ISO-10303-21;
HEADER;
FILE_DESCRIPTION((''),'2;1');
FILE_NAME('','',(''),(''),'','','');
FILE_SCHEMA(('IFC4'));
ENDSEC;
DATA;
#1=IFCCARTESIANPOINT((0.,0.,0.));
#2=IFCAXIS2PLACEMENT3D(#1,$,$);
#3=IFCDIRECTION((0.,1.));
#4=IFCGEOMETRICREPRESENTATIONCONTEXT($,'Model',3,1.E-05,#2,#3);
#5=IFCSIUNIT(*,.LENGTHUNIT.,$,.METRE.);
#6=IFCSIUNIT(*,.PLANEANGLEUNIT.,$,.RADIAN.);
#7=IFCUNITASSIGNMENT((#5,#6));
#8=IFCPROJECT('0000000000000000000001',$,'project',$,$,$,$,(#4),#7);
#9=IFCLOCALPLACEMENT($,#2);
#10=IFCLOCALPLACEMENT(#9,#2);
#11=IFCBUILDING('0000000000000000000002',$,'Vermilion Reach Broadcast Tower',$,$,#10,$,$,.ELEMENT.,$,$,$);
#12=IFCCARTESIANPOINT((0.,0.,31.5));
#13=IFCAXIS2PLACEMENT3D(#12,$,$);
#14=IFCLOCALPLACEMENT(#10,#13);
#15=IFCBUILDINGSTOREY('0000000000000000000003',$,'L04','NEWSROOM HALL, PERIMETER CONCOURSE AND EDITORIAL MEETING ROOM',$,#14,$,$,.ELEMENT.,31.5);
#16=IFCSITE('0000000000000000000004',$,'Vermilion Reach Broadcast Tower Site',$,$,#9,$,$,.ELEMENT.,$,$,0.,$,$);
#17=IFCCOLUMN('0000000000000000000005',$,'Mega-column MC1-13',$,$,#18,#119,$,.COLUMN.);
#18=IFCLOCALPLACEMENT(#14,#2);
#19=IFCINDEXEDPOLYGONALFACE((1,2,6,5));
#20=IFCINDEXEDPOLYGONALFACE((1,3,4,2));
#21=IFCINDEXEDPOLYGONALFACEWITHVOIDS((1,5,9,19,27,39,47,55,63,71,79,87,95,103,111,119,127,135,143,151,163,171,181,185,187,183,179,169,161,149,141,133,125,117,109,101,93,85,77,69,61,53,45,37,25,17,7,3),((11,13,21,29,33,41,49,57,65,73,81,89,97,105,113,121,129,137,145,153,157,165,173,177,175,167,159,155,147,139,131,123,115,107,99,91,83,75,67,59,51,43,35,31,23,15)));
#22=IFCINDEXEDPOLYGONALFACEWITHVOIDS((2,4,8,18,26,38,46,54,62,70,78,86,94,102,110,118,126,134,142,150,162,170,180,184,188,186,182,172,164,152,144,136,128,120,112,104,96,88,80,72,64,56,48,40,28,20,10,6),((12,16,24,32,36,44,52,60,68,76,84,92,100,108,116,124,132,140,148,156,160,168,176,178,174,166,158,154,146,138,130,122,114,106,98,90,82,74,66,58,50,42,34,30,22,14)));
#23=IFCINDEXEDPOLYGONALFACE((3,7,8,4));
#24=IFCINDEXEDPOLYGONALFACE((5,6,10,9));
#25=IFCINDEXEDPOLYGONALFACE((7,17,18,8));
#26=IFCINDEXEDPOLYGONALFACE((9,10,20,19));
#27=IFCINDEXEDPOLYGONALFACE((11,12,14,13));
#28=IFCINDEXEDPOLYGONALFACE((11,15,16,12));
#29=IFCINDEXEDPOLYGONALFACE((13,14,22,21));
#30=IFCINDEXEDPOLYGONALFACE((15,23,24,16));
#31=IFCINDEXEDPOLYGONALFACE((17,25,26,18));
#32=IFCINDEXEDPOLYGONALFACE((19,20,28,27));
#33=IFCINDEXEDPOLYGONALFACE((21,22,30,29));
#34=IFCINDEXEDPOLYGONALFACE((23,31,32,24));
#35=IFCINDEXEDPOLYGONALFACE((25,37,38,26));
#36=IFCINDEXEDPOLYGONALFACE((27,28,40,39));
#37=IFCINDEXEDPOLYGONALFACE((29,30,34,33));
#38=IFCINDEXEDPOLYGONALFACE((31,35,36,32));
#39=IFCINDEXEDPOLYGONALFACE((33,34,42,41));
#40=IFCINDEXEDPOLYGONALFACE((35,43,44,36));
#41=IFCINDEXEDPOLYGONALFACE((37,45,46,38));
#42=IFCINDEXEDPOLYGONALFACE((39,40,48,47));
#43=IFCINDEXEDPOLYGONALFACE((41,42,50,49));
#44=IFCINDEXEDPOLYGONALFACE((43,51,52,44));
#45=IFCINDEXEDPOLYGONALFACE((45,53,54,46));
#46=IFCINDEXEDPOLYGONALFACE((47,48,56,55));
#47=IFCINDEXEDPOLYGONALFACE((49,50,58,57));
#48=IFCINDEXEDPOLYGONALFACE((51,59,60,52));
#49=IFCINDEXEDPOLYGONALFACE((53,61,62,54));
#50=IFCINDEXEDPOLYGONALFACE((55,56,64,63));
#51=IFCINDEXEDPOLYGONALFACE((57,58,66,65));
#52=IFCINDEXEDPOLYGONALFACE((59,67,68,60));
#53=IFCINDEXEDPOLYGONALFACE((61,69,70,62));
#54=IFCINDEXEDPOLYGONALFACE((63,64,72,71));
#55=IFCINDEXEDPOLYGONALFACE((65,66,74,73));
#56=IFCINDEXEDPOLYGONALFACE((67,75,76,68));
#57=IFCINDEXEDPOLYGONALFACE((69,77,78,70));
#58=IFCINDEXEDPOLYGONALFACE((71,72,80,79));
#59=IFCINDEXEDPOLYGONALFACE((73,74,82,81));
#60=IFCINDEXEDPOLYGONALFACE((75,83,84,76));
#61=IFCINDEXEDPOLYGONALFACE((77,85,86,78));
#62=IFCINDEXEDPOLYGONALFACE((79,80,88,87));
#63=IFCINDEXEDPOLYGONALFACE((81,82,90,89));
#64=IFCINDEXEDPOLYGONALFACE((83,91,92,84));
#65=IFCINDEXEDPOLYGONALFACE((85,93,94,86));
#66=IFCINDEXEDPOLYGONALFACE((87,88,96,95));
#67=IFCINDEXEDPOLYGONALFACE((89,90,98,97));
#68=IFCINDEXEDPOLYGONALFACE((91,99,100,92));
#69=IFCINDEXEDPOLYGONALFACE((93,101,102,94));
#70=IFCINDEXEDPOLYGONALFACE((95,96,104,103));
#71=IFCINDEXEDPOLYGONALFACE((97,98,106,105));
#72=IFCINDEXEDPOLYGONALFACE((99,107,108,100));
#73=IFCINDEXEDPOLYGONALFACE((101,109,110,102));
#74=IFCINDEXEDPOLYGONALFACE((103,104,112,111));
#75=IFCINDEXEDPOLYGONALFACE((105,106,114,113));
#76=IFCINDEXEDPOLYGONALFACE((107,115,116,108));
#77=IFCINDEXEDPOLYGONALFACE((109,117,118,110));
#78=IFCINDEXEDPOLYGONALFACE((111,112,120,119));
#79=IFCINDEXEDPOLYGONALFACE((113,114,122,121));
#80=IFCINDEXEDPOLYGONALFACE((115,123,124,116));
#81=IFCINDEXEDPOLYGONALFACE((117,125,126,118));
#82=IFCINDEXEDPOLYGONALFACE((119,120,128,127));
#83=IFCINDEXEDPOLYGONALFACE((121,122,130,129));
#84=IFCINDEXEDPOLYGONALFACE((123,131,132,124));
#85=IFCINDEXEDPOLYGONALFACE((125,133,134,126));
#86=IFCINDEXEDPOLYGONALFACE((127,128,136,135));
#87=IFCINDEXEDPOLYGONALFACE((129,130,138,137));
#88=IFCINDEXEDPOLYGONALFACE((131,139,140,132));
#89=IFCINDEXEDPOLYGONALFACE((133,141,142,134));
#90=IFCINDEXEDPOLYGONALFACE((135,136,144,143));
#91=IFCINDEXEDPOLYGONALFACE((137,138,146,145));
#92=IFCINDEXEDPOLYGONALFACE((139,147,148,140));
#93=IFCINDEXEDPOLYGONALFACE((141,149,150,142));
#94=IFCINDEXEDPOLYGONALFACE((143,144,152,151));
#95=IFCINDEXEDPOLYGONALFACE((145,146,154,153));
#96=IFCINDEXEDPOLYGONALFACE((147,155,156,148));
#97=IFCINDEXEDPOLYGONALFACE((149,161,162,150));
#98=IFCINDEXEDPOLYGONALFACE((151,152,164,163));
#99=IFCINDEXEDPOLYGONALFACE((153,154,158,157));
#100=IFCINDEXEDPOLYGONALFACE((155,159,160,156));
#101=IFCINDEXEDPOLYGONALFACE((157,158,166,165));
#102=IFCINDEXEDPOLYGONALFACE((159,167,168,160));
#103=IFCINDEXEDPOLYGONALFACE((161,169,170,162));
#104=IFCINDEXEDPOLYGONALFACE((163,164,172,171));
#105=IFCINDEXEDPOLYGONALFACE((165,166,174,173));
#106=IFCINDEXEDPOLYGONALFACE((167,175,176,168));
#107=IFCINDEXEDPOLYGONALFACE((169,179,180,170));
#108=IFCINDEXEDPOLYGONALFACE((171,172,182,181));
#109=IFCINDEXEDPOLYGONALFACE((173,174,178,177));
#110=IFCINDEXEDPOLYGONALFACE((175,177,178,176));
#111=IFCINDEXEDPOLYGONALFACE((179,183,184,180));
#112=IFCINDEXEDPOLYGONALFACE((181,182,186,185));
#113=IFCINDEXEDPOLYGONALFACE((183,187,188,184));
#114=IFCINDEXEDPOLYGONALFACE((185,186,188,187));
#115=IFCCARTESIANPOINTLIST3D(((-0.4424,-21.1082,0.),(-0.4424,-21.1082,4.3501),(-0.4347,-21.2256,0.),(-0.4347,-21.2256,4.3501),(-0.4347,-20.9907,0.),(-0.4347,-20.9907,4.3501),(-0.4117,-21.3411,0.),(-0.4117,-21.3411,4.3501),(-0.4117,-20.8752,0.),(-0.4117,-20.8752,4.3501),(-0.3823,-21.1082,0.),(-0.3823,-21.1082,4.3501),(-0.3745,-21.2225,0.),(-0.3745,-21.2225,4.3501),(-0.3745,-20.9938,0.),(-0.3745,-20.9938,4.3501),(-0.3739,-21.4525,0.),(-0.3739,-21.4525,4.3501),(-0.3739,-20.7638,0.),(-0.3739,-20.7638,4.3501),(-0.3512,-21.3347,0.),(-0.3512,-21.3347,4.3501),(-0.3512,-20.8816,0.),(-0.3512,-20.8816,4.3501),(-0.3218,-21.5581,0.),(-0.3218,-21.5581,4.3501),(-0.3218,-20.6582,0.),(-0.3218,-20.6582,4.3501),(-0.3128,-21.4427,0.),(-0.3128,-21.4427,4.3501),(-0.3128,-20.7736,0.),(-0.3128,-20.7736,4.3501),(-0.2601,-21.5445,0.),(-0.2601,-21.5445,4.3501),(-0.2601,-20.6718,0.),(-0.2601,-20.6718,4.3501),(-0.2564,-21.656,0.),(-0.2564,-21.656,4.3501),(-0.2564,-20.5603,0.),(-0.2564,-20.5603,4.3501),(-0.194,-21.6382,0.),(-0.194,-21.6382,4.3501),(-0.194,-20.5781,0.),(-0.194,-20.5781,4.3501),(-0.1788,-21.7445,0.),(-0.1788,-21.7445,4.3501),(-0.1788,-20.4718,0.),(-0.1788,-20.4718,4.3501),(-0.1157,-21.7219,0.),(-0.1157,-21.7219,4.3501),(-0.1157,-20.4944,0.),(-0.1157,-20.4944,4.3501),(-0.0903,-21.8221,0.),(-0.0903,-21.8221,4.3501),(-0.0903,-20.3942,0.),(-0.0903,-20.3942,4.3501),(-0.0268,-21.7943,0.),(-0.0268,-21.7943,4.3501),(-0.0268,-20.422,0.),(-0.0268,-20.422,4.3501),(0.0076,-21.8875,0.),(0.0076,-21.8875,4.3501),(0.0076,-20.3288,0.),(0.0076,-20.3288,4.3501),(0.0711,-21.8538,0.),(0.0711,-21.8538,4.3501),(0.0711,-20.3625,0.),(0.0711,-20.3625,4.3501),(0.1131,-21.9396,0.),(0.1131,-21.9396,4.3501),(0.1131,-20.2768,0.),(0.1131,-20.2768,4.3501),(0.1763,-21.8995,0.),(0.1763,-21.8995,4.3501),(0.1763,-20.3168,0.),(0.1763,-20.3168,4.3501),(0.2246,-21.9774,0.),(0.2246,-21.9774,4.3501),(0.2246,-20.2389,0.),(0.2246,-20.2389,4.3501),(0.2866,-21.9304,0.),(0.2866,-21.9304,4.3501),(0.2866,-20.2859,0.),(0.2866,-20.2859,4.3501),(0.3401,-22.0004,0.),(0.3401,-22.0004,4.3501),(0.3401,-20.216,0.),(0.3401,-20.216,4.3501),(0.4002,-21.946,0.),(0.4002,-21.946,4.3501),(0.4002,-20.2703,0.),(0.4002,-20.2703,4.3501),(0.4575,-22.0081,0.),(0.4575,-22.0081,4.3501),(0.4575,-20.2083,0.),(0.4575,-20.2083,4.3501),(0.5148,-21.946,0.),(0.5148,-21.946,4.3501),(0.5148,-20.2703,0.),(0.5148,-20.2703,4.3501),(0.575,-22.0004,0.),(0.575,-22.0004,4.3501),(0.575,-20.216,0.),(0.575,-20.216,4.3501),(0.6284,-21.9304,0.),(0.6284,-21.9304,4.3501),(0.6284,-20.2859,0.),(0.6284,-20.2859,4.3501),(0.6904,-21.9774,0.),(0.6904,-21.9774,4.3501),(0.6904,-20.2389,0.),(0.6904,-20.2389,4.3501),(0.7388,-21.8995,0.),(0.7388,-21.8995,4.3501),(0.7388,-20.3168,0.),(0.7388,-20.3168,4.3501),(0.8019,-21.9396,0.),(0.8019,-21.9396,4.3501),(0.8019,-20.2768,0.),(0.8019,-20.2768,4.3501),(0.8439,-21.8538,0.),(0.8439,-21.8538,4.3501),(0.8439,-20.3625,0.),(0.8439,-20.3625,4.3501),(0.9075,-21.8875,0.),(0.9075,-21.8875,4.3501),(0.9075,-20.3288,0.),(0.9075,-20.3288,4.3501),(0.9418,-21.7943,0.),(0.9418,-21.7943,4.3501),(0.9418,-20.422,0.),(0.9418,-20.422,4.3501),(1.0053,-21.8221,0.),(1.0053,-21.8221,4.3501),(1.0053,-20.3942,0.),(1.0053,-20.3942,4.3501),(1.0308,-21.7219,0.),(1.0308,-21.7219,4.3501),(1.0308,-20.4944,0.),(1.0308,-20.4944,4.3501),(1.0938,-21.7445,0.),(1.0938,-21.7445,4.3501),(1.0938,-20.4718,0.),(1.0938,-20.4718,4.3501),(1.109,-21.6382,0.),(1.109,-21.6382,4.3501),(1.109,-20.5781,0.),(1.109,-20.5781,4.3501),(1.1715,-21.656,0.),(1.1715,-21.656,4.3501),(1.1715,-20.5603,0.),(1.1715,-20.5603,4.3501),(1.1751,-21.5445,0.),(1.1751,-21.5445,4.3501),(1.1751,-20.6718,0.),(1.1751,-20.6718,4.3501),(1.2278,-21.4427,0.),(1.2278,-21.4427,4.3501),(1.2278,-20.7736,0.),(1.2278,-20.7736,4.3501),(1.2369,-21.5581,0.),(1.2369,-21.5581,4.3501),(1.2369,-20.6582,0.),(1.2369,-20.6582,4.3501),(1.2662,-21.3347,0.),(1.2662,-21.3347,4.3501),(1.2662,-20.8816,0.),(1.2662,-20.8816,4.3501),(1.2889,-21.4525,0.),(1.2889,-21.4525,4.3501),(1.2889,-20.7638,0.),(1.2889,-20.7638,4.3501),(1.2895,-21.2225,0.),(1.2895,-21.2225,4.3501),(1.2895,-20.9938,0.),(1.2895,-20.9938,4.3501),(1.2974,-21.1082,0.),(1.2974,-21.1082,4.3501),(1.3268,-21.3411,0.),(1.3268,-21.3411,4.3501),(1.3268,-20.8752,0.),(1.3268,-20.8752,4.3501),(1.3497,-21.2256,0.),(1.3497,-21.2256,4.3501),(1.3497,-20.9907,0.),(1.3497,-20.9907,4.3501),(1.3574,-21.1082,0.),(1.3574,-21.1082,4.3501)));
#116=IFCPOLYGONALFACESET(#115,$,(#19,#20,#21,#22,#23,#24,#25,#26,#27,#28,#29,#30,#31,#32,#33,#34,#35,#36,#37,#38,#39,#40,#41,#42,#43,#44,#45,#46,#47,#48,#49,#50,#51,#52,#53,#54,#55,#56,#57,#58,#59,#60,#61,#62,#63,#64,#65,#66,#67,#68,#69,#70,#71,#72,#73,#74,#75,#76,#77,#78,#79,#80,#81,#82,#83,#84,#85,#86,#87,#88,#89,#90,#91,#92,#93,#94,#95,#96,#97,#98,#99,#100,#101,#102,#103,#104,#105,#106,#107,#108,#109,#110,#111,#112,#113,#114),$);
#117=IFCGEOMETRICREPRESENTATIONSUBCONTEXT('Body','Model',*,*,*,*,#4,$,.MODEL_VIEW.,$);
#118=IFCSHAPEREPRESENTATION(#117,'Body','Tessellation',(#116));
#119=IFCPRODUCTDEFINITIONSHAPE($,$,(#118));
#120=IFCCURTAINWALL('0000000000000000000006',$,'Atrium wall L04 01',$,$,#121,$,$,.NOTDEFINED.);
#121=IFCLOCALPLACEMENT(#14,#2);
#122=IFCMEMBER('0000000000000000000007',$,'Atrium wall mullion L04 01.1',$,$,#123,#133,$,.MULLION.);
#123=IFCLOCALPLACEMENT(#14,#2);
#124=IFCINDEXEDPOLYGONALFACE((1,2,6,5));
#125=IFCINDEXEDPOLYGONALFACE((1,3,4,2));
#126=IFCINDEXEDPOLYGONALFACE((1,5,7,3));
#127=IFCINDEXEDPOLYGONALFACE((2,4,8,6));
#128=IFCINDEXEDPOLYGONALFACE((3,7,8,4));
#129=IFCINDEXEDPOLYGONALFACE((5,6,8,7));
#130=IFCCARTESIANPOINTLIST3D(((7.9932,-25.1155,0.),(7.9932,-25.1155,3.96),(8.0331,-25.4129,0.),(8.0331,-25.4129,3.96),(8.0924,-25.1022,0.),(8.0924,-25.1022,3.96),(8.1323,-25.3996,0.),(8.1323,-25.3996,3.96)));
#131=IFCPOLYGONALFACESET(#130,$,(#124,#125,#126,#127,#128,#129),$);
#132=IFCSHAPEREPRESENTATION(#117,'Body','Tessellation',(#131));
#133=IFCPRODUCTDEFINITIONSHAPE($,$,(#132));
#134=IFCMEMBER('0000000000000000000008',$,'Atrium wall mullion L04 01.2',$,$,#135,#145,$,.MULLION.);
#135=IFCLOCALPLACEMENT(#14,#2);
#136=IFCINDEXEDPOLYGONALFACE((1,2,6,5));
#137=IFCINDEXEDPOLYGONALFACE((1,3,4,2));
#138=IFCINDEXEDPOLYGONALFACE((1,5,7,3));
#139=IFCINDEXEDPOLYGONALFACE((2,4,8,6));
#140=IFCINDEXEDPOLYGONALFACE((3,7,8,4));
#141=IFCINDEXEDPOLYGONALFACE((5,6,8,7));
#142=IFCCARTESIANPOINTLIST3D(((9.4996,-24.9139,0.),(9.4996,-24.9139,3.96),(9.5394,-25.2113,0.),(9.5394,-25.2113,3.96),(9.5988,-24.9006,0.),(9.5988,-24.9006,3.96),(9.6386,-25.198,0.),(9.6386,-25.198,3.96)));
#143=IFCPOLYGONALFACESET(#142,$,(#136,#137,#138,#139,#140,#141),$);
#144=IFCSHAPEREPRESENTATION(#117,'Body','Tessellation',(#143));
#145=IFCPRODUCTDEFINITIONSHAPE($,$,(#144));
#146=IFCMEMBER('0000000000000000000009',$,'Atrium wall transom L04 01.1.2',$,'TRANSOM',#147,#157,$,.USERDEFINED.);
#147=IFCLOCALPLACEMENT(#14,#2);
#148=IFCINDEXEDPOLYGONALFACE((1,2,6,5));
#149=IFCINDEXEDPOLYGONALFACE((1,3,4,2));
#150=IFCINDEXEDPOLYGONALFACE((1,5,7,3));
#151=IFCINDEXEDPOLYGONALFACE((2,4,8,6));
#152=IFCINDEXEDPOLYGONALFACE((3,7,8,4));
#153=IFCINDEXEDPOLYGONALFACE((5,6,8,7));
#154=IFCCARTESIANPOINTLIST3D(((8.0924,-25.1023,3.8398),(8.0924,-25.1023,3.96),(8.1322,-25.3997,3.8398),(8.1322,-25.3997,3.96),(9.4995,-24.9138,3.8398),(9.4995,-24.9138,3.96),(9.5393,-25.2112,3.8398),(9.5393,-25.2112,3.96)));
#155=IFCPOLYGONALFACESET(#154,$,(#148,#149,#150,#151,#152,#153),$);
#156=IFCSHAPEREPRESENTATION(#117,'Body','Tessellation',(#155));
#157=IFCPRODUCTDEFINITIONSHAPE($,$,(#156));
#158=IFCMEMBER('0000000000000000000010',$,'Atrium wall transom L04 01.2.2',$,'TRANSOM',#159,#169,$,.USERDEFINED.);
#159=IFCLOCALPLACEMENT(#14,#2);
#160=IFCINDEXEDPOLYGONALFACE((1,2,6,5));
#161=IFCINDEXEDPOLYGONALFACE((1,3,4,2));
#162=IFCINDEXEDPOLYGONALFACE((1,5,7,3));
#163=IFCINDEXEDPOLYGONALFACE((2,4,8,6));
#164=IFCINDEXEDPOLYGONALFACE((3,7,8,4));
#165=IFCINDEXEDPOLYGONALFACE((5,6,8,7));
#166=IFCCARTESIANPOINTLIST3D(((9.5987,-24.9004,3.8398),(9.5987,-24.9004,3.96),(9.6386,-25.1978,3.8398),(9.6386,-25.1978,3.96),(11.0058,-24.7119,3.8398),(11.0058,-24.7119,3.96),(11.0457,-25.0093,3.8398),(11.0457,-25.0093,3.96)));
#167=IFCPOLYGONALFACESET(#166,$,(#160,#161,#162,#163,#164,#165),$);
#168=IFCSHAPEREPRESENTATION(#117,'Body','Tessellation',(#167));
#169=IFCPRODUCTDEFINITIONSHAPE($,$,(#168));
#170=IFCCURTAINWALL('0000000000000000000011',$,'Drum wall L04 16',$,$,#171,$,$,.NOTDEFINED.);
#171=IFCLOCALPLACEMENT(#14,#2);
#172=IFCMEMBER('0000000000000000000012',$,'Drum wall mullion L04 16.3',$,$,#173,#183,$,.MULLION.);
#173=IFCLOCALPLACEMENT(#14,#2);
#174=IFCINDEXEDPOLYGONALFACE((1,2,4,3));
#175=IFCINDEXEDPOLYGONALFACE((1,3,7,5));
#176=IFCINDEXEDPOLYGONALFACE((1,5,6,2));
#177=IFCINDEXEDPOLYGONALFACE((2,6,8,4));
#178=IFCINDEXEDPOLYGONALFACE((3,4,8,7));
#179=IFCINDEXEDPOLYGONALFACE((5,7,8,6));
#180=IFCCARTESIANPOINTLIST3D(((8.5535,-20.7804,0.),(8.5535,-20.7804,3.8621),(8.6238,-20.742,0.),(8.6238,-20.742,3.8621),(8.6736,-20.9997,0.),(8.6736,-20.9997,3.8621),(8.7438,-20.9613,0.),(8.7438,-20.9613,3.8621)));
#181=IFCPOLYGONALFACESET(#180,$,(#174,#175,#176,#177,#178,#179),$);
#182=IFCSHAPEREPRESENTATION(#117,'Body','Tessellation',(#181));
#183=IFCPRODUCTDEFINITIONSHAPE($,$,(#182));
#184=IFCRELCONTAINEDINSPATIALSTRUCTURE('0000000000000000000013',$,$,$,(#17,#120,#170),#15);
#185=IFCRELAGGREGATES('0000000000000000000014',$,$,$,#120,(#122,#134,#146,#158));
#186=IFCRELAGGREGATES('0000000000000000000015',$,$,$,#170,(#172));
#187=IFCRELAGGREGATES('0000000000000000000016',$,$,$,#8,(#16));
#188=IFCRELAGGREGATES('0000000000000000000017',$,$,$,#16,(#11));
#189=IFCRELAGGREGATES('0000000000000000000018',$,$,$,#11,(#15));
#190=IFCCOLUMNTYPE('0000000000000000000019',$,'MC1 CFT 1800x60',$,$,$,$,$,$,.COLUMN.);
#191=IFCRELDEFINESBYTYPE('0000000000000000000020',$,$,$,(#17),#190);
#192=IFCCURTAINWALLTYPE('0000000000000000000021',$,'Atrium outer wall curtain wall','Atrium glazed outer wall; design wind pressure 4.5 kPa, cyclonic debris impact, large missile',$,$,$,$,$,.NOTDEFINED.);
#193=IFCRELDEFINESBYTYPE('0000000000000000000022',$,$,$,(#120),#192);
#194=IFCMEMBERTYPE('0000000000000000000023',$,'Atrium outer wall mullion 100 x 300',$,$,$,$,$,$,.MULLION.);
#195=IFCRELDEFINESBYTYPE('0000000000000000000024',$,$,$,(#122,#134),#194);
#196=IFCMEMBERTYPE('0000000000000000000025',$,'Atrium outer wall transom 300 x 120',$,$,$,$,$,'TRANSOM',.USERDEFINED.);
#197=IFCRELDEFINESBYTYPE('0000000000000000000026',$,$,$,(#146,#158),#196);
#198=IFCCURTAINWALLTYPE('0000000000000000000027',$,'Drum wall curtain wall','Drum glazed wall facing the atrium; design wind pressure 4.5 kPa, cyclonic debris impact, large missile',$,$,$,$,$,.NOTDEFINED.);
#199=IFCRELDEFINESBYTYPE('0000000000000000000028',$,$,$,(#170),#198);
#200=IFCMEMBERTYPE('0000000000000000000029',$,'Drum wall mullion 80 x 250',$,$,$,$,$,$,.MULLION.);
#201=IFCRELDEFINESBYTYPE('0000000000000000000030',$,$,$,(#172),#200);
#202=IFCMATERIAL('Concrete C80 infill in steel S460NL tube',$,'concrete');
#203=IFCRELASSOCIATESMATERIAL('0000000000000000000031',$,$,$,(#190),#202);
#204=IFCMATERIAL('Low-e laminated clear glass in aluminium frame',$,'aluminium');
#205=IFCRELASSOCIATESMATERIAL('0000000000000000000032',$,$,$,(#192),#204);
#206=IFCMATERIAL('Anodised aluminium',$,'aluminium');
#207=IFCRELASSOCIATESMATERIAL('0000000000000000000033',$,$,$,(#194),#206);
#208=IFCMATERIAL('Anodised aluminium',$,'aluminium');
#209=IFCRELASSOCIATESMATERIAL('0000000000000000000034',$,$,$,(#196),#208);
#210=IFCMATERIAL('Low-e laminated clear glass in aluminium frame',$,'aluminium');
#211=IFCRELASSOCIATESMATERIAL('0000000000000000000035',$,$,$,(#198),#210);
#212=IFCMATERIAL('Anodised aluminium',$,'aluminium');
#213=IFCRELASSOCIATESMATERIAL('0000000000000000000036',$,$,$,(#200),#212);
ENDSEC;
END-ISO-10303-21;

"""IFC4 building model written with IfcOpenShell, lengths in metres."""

from ifc_helpers import new_model, si_unit, direction, frame, origin, origin_2d, place, context, subcontext, project, spatial, rectangle, hollow_circle, extrude, material, material_profile, profile_set, type_object, element, aggregate, save


model = new_model("IFC4")

# Units and contexts
model_context = context("Model", 3, precision=1e-05, world=origin(), true_north=direction((0.0, 1.0)))
body_context = subcontext(model_context, "Body", "Model", "MODEL_VIEW")
ifc_project = project(units=[si_unit("LENGTHUNIT", "METRE"), si_unit("PLANEANGLEUNIT", "RADIAN")], contexts=[model_context])

# Site, building, storey
site_placement = place(None, origin())
site = spatial("IfcSite", under=ifc_project, at=site_placement, Name="Vermilion Reach Broadcast Tower Site", CompositionType="ELEMENT", RefElevation=0.0)
building_placement = place(site_placement, origin())
building = spatial("IfcBuilding", under=site, at=building_placement, Name="Vermilion Reach Broadcast Tower", CompositionType="ELEMENT")
storey_placement = place(building_placement, frame((0.0, 0.0, 31.5)))
storey = spatial("IfcBuildingStorey", under=building, at=storey_placement, Name="L04", Description="NEWSROOM HALL, PERIMETER CONCOURSE AND EDITORIAL MEETING ROOM", CompositionType="ELEMENT", Elevation=31.5)

# Column
ifc_material_1 = material(Name="Concrete C80 infill in steel S460NL tube", Category="concrete")
ifc_material_profile_1 = material_profile(ifc_material_1, hollow_circle(Radius=0.8999, WallThickness=0.0601, at=origin_2d()), Name="Concrete C80 infill in steel S460NL tube CFT 1800x60")
ifc_profile_set_1 = profile_set([ifc_material_profile_1], Name="Concrete C80 infill in steel S460NL tube")
column_type = type_object("IfcColumnType", Name="MC1 CFT 1800x60", PredefinedType="COLUMN", material=ifc_profile_set_1)
column_placement = place(storey_placement, frame((0.4575, -21.1082, 0.0), z_axis=(0.0, 0.0, 1.0), x_axis=(1.0, 0.0, 0.0)))
element("IfcColumn", 1, at=column_placement, inside=storey, type_object=column_type, Name="Mega-column MC1-13", PredefinedType="COLUMN", context=body_context, shape_type="SweptSolid", body=[
    extrude(hollow_circle(Radius=0.8999, WallThickness=0.0601, at=origin_2d()), origin(), (0.0, 0.0, 1.0), 4.3501),
])

# Curtain walls, members
ifc_material_2 = material(Name="Low-e laminated clear glass in aluminium frame", Category="aluminium")
curtain_wall_type_1 = type_object("IfcCurtainWallType", Name="Atrium outer wall curtain wall", Description="Atrium glazed outer wall; design wind pressure 4.5 kPa, cyclonic debris impact, large missile", PredefinedType="NOTDEFINED", material=ifc_material_2)
placement = place(storey_placement, origin())
curtain_wall_1 = element("IfcCurtainWall", 2, at=placement, inside=storey, type_object=curtain_wall_type_1, Name="Atrium wall L04 01", PredefinedType="NOTDEFINED")
ifc_material_3 = material(Name="Anodised aluminium", Category="aluminium")
ifc_material_profile_2 = material_profile(ifc_material_3, rectangle(XDim=0.3, YDim=0.1001, at=origin_2d()), Name="Atrium outer wall mullion 100 x 300")
ifc_profile_set_2 = profile_set([ifc_material_profile_2], Name="Anodised aluminium")
member_type_1 = type_object("IfcMemberType", Name="Atrium outer wall mullion 100 x 300", PredefinedType="MULLION", material=ifc_profile_set_2)
member_1_placement = place(storey_placement, frame((8.0627, -25.2576, 0.0), z_axis=(0.0, 0.0, 1.0), x_axis=(-0.132794, 0.991144, 0.0)))
member_1 = element("IfcMember", 3, at=member_1_placement, type_object=member_type_1, Name="Atrium wall mullion L04 01.1", PredefinedType="MULLION", context=body_context, shape_type="SweptSolid", body=[
    extrude(rectangle(XDim=0.3, YDim=0.1001, at=origin_2d()), origin(), (0.0, 0.0, 1.0), 3.96),
])
member_2_placement = place(storey_placement, frame((9.5691, -25.0559, 0.0), z_axis=(0.0, 0.0, 1.0), x_axis=(-0.132794, 0.991144, 0.0)))
member_2 = element("IfcMember", 4, at=member_2_placement, type_object=member_type_1, Name="Atrium wall mullion L04 01.2", PredefinedType="MULLION", context=body_context, shape_type="SweptSolid", body=[
    extrude(rectangle(XDim=0.3, YDim=0.1001, at=origin_2d()), origin(), (0.0, 0.0, 1.0), 3.96),
])
ifc_material_4 = material(Name="Anodised aluminium", Category="aluminium")
ifc_material_profile_3 = material_profile(ifc_material_4, rectangle(XDim=0.3, YDim=0.1201, at=origin_2d()), Name="Atrium outer wall transom 300 x 120")
ifc_profile_set_3 = profile_set([ifc_material_profile_3], Name="Anodised aluminium")
member_type_2 = type_object("IfcMemberType", Name="Atrium outer wall transom 300 x 120", ElementType="TRANSOM", PredefinedType="USERDEFINED", material=ifc_profile_set_3)
member_3_placement = place(storey_placement, frame((8.1123, -25.251, 3.8999), z_axis=(0.99115, 0.132749, 0.0), x_axis=(-0.132749, 0.99115, 0.0)))
member_3 = element("IfcMember", 5, at=member_3_placement, type_object=member_type_2, Name="Atrium wall transom L04 01.1.2", ObjectType="TRANSOM", PredefinedType="USERDEFINED", context=body_context, shape_type="SweptSolid", body=[
    extrude(rectangle(XDim=0.3, YDim=0.1201, at=origin_2d()), origin(), (0.0, 0.0, 1.0), 1.4197),
])
member_4_placement = place(storey_placement, frame((9.6187, -25.0491, 3.8999), z_axis=(0.99115, 0.132749, 0.0), x_axis=(-0.132749, 0.99115, 0.0)))
member_4 = element("IfcMember", 6, at=member_4_placement, type_object=member_type_2, Name="Atrium wall transom L04 01.2.2", ObjectType="TRANSOM", PredefinedType="USERDEFINED", context=body_context, shape_type="SweptSolid", body=[
    extrude(rectangle(XDim=0.3, YDim=0.1201, at=origin_2d()), origin(), (0.0, 0.0, 1.0), 1.4197),
])
ifc_material_5 = material(Name="Low-e laminated clear glass in aluminium frame", Category="aluminium")
curtain_wall_type_2 = type_object("IfcCurtainWallType", Name="Drum wall curtain wall", Description="Drum glazed wall facing the atrium; design wind pressure 4.5 kPa, cyclonic debris impact, large missile", PredefinedType="NOTDEFINED", material=ifc_material_5)
curtain_wall_2 = element("IfcCurtainWall", 7, at=placement, inside=storey, type_object=curtain_wall_type_2, Name="Drum wall L04 16", PredefinedType="NOTDEFINED")
ifc_material_6 = material(Name="Anodised aluminium", Category="aluminium")
ifc_material_profile_4 = material_profile(ifc_material_6, rectangle(XDim=0.25, YDim=0.0801, at=origin_2d()), Name="Drum wall mullion 80 x 250")
ifc_profile_set_4 = profile_set([ifc_material_profile_4], Name="Anodised aluminium")
member_type_3 = type_object("IfcMemberType", Name="Drum wall mullion 80 x 250", PredefinedType="MULLION", material=ifc_profile_set_4)
member_5_placement = place(storey_placement, frame((8.6487, -20.8708, 0.0), z_axis=(0.0, 0.0, 1.0), x_axis=(0.480269, -0.877121, 0.0)))
member_5 = element("IfcMember", 8, at=member_5_placement, type_object=member_type_3, Name="Drum wall mullion L04 16.3", PredefinedType="MULLION", context=body_context, shape_type="SweptSolid", body=[
    extrude(rectangle(XDim=0.25, YDim=0.0801, at=origin_2d()), origin(), (0.0, 0.0, 1.0), 3.8621),
])

aggregate(curtain_wall_1, [member_1, member_2, member_3, member_4])
aggregate(curtain_wall_2, [member_5])

save(model, "model.ifc")
